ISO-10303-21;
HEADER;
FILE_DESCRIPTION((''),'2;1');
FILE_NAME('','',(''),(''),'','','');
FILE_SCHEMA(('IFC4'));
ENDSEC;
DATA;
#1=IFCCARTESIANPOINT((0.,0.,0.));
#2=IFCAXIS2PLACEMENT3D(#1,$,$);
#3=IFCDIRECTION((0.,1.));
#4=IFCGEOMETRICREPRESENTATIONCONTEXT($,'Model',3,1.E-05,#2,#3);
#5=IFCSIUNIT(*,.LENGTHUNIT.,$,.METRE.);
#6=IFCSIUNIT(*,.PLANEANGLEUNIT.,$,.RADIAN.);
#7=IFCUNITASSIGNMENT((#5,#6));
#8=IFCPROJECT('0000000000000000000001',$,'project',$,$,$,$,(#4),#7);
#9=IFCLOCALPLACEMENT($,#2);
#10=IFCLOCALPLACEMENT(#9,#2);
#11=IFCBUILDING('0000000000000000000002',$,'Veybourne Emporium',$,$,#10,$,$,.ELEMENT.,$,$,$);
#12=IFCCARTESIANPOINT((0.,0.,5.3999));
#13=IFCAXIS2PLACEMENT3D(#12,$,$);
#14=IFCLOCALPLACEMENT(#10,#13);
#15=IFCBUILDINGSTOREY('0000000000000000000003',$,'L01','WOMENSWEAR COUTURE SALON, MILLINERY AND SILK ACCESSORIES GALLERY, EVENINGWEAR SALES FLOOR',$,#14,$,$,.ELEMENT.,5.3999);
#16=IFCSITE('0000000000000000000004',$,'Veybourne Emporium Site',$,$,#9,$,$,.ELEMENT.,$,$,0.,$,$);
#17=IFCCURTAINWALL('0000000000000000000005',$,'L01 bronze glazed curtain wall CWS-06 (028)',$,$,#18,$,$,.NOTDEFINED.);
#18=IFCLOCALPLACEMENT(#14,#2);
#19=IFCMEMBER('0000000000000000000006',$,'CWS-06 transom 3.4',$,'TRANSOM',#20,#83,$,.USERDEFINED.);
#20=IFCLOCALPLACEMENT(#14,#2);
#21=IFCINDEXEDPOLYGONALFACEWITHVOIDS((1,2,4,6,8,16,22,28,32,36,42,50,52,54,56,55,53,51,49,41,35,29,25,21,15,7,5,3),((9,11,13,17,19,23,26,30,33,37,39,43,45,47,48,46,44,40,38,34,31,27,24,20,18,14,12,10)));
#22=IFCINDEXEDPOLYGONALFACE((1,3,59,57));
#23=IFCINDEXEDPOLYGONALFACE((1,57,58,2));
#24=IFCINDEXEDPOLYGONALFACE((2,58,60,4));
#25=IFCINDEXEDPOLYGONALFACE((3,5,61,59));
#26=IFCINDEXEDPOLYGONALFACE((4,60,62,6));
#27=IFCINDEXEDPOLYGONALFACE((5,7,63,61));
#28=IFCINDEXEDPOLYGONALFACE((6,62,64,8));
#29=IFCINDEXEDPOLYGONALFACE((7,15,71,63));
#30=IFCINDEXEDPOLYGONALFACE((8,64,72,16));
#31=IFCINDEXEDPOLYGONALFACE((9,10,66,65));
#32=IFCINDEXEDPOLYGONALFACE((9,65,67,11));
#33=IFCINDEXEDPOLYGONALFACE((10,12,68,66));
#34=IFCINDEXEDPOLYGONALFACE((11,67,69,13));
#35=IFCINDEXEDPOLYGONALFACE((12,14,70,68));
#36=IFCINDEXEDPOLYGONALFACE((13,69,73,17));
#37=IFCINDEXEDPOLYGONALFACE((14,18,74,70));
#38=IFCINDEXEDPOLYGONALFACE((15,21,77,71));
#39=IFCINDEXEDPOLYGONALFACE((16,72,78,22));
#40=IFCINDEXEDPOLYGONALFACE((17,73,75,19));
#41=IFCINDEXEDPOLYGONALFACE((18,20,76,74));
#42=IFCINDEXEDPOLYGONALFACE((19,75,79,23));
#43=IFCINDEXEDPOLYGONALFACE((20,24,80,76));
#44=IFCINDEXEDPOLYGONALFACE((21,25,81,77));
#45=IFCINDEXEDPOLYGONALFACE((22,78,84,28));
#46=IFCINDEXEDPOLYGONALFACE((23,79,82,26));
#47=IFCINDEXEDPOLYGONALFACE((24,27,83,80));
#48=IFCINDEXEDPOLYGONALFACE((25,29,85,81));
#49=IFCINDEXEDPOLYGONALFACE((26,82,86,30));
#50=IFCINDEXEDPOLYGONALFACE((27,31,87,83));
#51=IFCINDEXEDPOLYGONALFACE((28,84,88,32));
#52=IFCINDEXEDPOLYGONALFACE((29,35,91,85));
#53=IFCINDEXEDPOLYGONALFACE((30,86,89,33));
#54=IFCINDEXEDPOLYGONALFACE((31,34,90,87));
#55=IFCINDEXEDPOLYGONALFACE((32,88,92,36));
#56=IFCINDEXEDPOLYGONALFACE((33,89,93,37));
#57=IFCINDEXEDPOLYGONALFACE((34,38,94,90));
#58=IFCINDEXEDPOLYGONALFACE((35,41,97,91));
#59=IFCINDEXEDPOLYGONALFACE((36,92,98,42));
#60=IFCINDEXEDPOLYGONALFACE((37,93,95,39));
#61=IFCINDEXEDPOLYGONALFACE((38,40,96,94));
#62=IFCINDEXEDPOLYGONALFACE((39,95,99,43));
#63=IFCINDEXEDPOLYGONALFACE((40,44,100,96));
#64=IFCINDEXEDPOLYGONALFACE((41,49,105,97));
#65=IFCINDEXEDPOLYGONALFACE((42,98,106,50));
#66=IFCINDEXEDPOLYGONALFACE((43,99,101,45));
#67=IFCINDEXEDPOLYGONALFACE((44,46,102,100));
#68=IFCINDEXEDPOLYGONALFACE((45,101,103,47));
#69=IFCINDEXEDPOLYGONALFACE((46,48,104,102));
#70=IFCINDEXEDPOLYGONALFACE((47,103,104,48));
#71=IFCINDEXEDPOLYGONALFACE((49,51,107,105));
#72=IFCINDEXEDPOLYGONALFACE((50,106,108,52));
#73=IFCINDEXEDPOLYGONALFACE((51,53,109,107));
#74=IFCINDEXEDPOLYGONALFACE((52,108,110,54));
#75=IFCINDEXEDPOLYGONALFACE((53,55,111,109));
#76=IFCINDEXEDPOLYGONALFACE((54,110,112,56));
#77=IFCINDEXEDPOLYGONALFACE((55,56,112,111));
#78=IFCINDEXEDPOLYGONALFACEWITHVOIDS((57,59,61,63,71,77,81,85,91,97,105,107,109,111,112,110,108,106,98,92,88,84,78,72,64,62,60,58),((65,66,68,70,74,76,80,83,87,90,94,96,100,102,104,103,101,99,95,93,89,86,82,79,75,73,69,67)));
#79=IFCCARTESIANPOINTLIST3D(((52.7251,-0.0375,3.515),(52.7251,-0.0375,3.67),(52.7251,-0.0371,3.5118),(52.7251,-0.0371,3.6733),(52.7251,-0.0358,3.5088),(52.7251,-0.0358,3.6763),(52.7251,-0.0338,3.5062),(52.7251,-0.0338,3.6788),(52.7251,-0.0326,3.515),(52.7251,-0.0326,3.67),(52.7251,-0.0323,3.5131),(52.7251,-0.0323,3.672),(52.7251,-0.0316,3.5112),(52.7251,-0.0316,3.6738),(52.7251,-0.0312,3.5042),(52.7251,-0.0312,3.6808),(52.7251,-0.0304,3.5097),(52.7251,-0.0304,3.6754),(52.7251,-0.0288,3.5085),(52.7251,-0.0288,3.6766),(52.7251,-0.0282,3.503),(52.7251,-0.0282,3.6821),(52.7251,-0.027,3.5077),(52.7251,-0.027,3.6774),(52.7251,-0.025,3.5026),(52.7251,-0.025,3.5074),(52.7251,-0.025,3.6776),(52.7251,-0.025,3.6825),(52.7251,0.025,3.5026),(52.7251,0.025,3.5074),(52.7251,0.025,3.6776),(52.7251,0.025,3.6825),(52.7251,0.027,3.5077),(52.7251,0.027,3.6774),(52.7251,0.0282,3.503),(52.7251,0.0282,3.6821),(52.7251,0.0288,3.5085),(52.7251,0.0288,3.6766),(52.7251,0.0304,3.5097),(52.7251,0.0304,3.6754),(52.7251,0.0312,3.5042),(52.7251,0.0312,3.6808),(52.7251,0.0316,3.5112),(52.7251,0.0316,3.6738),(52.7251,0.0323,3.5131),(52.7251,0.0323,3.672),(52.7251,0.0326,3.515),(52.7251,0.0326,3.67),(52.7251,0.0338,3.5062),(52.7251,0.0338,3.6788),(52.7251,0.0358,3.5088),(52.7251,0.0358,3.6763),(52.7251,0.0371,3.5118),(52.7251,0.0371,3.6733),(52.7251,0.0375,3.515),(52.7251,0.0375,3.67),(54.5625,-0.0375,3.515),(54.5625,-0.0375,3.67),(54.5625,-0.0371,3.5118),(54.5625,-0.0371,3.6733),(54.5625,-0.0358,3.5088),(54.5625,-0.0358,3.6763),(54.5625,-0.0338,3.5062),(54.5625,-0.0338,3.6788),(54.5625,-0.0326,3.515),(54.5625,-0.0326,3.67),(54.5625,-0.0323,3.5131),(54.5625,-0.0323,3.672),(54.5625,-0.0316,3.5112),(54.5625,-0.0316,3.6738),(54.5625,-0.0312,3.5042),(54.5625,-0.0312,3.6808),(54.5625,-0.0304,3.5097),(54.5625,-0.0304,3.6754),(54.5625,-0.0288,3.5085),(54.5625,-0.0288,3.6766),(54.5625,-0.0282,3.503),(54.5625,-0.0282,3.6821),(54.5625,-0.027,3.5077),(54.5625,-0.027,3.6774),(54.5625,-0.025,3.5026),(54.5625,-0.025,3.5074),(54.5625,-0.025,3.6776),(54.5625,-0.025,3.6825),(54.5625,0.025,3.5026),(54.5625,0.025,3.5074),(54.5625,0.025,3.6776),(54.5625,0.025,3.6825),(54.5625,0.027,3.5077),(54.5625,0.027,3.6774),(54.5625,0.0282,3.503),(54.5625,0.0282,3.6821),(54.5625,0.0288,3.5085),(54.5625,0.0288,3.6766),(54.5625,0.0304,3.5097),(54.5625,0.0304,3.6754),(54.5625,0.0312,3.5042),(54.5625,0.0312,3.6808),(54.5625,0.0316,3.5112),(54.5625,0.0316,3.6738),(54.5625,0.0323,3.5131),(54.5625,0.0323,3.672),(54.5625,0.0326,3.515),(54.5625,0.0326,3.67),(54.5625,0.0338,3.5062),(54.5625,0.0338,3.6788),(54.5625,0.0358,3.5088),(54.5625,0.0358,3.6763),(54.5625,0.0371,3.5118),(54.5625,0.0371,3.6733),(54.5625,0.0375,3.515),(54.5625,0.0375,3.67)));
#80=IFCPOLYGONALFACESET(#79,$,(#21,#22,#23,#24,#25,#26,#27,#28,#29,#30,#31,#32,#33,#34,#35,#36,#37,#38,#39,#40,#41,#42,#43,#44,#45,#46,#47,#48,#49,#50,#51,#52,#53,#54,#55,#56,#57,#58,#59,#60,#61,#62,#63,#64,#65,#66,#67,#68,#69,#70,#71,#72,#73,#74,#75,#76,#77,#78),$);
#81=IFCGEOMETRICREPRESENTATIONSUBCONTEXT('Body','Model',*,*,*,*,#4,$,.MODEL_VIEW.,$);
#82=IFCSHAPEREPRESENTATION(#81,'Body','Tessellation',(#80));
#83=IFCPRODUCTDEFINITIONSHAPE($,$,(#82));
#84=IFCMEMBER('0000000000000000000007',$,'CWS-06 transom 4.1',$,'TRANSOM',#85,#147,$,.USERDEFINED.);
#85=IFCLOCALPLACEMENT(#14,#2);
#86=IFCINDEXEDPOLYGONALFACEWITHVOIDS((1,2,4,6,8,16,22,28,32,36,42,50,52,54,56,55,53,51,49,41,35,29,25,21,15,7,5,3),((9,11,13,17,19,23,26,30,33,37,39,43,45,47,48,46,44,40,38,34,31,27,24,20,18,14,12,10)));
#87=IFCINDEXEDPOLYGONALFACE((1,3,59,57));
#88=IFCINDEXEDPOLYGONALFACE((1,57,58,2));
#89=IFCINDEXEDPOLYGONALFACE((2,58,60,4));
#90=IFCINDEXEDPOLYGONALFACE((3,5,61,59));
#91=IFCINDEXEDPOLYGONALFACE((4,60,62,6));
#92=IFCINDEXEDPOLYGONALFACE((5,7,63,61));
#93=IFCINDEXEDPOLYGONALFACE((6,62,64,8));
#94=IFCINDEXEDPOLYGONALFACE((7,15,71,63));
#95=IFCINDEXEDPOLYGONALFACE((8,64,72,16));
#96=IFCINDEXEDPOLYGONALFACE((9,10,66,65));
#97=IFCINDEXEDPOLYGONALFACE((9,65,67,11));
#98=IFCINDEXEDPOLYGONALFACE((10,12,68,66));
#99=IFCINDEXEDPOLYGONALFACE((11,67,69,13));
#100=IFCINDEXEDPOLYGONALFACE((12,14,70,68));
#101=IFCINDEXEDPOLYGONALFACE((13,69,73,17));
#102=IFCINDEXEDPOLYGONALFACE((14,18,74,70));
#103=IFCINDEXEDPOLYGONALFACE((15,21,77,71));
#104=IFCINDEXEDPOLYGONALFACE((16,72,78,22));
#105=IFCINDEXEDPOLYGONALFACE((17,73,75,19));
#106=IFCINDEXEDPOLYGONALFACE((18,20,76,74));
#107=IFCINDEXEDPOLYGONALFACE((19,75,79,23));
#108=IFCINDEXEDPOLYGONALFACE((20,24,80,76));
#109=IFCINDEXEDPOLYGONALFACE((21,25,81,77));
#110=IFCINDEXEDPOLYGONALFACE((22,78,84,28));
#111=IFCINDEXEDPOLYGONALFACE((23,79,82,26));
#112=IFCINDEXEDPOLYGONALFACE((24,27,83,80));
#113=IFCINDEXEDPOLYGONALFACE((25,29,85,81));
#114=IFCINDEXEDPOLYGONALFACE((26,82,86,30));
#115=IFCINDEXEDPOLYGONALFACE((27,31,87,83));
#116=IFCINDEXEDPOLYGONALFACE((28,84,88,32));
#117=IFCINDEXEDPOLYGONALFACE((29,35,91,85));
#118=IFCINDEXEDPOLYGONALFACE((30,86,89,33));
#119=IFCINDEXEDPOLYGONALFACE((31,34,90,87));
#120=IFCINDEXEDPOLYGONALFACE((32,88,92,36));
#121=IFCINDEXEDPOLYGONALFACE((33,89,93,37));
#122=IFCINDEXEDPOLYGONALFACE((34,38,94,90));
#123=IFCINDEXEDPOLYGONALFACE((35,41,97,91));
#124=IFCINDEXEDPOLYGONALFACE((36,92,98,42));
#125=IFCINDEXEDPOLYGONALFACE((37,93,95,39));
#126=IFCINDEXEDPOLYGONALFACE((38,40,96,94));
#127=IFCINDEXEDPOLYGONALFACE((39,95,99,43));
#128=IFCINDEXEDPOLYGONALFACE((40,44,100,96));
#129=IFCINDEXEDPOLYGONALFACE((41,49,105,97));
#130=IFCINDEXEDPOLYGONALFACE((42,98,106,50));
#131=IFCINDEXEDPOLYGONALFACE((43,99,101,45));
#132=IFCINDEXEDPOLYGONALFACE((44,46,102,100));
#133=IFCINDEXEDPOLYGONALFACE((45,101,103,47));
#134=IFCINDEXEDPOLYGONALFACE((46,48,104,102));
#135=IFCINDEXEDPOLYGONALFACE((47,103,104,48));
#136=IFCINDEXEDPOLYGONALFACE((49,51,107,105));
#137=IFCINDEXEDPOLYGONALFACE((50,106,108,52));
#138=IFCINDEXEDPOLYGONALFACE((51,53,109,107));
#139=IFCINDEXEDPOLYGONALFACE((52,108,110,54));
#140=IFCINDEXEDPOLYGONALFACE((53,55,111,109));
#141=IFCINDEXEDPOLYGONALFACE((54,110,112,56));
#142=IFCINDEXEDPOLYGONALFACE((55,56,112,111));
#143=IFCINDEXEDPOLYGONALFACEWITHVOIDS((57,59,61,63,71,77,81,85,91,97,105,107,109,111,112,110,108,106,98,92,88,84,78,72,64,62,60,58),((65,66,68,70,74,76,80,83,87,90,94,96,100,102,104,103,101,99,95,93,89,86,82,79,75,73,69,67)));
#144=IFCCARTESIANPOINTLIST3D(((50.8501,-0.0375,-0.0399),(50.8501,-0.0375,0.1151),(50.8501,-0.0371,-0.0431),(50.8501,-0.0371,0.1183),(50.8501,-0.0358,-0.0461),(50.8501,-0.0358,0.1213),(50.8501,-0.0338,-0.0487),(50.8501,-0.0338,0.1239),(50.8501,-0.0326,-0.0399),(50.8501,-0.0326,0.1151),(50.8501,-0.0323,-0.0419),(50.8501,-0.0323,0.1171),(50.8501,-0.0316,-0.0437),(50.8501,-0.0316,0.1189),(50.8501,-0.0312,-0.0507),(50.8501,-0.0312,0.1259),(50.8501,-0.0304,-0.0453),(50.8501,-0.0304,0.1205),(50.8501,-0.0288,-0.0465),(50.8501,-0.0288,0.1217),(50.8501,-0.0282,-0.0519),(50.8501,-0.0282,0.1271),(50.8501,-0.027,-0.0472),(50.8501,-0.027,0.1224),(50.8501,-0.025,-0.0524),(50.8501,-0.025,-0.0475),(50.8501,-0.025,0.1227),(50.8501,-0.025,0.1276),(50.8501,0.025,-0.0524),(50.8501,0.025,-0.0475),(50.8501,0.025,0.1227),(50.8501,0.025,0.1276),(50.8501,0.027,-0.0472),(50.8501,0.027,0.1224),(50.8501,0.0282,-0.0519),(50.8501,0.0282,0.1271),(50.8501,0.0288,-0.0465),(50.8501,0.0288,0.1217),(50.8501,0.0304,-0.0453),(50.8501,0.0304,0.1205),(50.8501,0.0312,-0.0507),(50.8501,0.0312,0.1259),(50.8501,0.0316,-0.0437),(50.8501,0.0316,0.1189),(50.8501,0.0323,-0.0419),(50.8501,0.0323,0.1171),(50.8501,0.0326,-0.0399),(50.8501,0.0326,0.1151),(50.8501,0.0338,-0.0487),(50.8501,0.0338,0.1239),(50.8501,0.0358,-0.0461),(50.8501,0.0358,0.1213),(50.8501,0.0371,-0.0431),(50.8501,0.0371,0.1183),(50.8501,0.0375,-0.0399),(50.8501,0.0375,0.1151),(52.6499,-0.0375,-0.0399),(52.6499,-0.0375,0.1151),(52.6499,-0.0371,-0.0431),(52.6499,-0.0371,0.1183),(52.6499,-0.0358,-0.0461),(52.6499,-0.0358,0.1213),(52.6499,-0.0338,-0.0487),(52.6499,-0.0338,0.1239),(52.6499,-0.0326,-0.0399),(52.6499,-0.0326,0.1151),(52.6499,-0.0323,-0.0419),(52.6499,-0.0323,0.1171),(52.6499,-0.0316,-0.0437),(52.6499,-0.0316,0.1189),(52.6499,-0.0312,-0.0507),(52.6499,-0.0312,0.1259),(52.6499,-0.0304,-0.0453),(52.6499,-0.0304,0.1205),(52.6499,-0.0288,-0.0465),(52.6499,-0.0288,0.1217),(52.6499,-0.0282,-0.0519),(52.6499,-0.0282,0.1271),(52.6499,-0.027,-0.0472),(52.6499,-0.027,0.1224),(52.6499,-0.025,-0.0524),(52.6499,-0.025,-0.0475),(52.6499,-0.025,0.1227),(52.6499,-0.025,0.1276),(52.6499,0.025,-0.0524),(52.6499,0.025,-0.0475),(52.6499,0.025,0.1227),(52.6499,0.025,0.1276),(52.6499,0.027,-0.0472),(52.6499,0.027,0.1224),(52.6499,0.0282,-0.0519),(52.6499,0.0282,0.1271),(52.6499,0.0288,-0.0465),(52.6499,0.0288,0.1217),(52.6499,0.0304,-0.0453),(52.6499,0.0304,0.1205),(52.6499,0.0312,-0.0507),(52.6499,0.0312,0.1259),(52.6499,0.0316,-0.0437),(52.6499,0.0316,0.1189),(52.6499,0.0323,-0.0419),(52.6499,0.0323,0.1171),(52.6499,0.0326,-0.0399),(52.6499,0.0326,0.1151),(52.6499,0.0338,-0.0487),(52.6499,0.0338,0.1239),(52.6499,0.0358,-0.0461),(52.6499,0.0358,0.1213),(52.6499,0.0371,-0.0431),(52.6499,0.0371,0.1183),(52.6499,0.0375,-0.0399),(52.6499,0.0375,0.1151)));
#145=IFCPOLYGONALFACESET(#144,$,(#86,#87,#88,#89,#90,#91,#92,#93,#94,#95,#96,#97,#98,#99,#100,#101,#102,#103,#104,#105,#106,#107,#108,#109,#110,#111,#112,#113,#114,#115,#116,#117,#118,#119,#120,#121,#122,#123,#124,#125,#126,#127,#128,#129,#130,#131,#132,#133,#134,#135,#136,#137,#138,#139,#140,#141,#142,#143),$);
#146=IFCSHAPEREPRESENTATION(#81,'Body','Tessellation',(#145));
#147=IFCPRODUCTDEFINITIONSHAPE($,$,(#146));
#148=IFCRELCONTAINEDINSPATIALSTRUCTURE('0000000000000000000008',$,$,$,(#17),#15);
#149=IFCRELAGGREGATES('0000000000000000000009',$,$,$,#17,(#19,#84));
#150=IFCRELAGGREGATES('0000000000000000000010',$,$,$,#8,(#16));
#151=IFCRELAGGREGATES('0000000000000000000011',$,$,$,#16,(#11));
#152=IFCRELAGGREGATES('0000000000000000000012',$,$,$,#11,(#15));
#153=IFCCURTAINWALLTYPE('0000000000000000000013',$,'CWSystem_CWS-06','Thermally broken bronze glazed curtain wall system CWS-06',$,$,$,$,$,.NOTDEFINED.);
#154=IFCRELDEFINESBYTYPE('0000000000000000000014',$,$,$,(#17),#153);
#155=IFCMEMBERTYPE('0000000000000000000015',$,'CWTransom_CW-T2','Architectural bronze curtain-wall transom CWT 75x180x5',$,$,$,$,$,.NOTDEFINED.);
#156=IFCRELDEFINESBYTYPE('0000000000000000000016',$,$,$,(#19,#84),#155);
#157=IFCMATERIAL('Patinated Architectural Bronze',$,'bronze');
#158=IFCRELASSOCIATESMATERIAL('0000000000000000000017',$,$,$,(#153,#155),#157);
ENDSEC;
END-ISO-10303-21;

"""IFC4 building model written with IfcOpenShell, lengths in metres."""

from ifc_helpers import new_model, si_unit, direction, frame, origin, origin_2d, place, context, subcontext, project, spatial, hollow_rectangle, extrude, material, material_profile, profile_set, type_object, element, aggregate, save


model = new_model("IFC4")

# Units and contexts
model_context = context("Model", 3, precision=1e-05, world=origin(), true_north=direction((0.0, 1.0)))
body_context = subcontext(model_context, "Body", "Model", "MODEL_VIEW")
ifc_project = project(units=[si_unit("LENGTHUNIT", "METRE"), si_unit("PLANEANGLEUNIT", "RADIAN")], contexts=[model_context])

# Site, building, storey
site_placement = place(None, origin())
site = spatial("IfcSite", under=ifc_project, at=site_placement, Name="Veybourne Emporium Site", CompositionType="ELEMENT", RefElevation=0.0)
building_placement = place(site_placement, origin())
building = spatial("IfcBuilding", under=site, at=building_placement, Name="Veybourne Emporium", CompositionType="ELEMENT")
storey_placement = place(building_placement, frame((0.0, 0.0, 5.3999)))
storey = spatial("IfcBuildingStorey", under=building, at=storey_placement, Name="L01", Description="WOMENSWEAR COUTURE SALON, MILLINERY AND SILK ACCESSORIES GALLERY, EVENINGWEAR SALES FLOOR", CompositionType="ELEMENT", Elevation=5.3999)

# Curtain wall, members
ifc_material_1 = material(Name="Patinated Architectural Bronze", Category="bronze")
curtain_wall_type = type_object("IfcCurtainWallType", Name="CWSystem_CWS-06", Description="Thermally broken bronze glazed curtain wall system CWS-06", PredefinedType="NOTDEFINED", material=ifc_material_1)
curtain_wall_placement = place(storey_placement, origin())
curtain_wall = element("IfcCurtainWall", 1, at=curtain_wall_placement, inside=storey, type_object=curtain_wall_type, Name="L01 bronze glazed curtain wall CWS-06 (028)", PredefinedType="NOTDEFINED")
ifc_material_profile_1 = material_profile(ifc_material_1, hollow_rectangle(XDim=0.075, YDim=0.1799, WallThickness=0.0049, InnerFilletRadius=0.0076, OuterFilletRadius=0.0125, at=origin_2d()), Name="CWT 75x180x5")
ifc_profile_set_1 = profile_set([ifc_material_profile_1], Name="Patinated Architectural Bronze")
member_type_1 = type_object("IfcMemberType", Name="CWTransom_CW-T2", Description="Architectural bronze curtain-wall transom CWT 75x180x5", PredefinedType="NOTDEFINED", material=ifc_profile_set_1)
member_1_placement = place(storey_placement, frame((54.5625, 0.0, 3.5925), z_axis=(-1.0, 0.0, 0.0), x_axis=(0.0, -1.0, 0.0)))
member_1 = element("IfcMember", 2, at=member_1_placement, type_object=member_type_1, Name="CWS-06 transom 3.4", ObjectType="TRANSOM", PredefinedType="USERDEFINED", context=body_context, shape_type="SweptSolid", body=[
    extrude(hollow_rectangle(XDim=0.075, YDim=0.1799, WallThickness=0.0049, InnerFilletRadius=0.0076, OuterFilletRadius=0.0125, at=origin_2d()), origin(), (0.0, 0.0, 1.0), 1.8374),
])
member_2_placement = place(storey_placement, frame((52.6499, 0.0, 0.0376), z_axis=(-1.0, 0.0, 0.0), x_axis=(0.0, -1.0, 0.0)))
member_2 = element("IfcMember", 3, at=member_2_placement, type_object=member_type_1, Name="CWS-06 transom 4.1", ObjectType="TRANSOM", PredefinedType="USERDEFINED", context=body_context, shape_type="SweptSolid", body=[
    extrude(hollow_rectangle(XDim=0.075, YDim=0.1799, WallThickness=0.0049, InnerFilletRadius=0.0076, OuterFilletRadius=0.0125, at=origin_2d()), origin(), (0.0, 0.0, 1.0), 1.7998),
])

aggregate(curtain_wall, [member_1, member_2])

save(model, "model.ifc")
